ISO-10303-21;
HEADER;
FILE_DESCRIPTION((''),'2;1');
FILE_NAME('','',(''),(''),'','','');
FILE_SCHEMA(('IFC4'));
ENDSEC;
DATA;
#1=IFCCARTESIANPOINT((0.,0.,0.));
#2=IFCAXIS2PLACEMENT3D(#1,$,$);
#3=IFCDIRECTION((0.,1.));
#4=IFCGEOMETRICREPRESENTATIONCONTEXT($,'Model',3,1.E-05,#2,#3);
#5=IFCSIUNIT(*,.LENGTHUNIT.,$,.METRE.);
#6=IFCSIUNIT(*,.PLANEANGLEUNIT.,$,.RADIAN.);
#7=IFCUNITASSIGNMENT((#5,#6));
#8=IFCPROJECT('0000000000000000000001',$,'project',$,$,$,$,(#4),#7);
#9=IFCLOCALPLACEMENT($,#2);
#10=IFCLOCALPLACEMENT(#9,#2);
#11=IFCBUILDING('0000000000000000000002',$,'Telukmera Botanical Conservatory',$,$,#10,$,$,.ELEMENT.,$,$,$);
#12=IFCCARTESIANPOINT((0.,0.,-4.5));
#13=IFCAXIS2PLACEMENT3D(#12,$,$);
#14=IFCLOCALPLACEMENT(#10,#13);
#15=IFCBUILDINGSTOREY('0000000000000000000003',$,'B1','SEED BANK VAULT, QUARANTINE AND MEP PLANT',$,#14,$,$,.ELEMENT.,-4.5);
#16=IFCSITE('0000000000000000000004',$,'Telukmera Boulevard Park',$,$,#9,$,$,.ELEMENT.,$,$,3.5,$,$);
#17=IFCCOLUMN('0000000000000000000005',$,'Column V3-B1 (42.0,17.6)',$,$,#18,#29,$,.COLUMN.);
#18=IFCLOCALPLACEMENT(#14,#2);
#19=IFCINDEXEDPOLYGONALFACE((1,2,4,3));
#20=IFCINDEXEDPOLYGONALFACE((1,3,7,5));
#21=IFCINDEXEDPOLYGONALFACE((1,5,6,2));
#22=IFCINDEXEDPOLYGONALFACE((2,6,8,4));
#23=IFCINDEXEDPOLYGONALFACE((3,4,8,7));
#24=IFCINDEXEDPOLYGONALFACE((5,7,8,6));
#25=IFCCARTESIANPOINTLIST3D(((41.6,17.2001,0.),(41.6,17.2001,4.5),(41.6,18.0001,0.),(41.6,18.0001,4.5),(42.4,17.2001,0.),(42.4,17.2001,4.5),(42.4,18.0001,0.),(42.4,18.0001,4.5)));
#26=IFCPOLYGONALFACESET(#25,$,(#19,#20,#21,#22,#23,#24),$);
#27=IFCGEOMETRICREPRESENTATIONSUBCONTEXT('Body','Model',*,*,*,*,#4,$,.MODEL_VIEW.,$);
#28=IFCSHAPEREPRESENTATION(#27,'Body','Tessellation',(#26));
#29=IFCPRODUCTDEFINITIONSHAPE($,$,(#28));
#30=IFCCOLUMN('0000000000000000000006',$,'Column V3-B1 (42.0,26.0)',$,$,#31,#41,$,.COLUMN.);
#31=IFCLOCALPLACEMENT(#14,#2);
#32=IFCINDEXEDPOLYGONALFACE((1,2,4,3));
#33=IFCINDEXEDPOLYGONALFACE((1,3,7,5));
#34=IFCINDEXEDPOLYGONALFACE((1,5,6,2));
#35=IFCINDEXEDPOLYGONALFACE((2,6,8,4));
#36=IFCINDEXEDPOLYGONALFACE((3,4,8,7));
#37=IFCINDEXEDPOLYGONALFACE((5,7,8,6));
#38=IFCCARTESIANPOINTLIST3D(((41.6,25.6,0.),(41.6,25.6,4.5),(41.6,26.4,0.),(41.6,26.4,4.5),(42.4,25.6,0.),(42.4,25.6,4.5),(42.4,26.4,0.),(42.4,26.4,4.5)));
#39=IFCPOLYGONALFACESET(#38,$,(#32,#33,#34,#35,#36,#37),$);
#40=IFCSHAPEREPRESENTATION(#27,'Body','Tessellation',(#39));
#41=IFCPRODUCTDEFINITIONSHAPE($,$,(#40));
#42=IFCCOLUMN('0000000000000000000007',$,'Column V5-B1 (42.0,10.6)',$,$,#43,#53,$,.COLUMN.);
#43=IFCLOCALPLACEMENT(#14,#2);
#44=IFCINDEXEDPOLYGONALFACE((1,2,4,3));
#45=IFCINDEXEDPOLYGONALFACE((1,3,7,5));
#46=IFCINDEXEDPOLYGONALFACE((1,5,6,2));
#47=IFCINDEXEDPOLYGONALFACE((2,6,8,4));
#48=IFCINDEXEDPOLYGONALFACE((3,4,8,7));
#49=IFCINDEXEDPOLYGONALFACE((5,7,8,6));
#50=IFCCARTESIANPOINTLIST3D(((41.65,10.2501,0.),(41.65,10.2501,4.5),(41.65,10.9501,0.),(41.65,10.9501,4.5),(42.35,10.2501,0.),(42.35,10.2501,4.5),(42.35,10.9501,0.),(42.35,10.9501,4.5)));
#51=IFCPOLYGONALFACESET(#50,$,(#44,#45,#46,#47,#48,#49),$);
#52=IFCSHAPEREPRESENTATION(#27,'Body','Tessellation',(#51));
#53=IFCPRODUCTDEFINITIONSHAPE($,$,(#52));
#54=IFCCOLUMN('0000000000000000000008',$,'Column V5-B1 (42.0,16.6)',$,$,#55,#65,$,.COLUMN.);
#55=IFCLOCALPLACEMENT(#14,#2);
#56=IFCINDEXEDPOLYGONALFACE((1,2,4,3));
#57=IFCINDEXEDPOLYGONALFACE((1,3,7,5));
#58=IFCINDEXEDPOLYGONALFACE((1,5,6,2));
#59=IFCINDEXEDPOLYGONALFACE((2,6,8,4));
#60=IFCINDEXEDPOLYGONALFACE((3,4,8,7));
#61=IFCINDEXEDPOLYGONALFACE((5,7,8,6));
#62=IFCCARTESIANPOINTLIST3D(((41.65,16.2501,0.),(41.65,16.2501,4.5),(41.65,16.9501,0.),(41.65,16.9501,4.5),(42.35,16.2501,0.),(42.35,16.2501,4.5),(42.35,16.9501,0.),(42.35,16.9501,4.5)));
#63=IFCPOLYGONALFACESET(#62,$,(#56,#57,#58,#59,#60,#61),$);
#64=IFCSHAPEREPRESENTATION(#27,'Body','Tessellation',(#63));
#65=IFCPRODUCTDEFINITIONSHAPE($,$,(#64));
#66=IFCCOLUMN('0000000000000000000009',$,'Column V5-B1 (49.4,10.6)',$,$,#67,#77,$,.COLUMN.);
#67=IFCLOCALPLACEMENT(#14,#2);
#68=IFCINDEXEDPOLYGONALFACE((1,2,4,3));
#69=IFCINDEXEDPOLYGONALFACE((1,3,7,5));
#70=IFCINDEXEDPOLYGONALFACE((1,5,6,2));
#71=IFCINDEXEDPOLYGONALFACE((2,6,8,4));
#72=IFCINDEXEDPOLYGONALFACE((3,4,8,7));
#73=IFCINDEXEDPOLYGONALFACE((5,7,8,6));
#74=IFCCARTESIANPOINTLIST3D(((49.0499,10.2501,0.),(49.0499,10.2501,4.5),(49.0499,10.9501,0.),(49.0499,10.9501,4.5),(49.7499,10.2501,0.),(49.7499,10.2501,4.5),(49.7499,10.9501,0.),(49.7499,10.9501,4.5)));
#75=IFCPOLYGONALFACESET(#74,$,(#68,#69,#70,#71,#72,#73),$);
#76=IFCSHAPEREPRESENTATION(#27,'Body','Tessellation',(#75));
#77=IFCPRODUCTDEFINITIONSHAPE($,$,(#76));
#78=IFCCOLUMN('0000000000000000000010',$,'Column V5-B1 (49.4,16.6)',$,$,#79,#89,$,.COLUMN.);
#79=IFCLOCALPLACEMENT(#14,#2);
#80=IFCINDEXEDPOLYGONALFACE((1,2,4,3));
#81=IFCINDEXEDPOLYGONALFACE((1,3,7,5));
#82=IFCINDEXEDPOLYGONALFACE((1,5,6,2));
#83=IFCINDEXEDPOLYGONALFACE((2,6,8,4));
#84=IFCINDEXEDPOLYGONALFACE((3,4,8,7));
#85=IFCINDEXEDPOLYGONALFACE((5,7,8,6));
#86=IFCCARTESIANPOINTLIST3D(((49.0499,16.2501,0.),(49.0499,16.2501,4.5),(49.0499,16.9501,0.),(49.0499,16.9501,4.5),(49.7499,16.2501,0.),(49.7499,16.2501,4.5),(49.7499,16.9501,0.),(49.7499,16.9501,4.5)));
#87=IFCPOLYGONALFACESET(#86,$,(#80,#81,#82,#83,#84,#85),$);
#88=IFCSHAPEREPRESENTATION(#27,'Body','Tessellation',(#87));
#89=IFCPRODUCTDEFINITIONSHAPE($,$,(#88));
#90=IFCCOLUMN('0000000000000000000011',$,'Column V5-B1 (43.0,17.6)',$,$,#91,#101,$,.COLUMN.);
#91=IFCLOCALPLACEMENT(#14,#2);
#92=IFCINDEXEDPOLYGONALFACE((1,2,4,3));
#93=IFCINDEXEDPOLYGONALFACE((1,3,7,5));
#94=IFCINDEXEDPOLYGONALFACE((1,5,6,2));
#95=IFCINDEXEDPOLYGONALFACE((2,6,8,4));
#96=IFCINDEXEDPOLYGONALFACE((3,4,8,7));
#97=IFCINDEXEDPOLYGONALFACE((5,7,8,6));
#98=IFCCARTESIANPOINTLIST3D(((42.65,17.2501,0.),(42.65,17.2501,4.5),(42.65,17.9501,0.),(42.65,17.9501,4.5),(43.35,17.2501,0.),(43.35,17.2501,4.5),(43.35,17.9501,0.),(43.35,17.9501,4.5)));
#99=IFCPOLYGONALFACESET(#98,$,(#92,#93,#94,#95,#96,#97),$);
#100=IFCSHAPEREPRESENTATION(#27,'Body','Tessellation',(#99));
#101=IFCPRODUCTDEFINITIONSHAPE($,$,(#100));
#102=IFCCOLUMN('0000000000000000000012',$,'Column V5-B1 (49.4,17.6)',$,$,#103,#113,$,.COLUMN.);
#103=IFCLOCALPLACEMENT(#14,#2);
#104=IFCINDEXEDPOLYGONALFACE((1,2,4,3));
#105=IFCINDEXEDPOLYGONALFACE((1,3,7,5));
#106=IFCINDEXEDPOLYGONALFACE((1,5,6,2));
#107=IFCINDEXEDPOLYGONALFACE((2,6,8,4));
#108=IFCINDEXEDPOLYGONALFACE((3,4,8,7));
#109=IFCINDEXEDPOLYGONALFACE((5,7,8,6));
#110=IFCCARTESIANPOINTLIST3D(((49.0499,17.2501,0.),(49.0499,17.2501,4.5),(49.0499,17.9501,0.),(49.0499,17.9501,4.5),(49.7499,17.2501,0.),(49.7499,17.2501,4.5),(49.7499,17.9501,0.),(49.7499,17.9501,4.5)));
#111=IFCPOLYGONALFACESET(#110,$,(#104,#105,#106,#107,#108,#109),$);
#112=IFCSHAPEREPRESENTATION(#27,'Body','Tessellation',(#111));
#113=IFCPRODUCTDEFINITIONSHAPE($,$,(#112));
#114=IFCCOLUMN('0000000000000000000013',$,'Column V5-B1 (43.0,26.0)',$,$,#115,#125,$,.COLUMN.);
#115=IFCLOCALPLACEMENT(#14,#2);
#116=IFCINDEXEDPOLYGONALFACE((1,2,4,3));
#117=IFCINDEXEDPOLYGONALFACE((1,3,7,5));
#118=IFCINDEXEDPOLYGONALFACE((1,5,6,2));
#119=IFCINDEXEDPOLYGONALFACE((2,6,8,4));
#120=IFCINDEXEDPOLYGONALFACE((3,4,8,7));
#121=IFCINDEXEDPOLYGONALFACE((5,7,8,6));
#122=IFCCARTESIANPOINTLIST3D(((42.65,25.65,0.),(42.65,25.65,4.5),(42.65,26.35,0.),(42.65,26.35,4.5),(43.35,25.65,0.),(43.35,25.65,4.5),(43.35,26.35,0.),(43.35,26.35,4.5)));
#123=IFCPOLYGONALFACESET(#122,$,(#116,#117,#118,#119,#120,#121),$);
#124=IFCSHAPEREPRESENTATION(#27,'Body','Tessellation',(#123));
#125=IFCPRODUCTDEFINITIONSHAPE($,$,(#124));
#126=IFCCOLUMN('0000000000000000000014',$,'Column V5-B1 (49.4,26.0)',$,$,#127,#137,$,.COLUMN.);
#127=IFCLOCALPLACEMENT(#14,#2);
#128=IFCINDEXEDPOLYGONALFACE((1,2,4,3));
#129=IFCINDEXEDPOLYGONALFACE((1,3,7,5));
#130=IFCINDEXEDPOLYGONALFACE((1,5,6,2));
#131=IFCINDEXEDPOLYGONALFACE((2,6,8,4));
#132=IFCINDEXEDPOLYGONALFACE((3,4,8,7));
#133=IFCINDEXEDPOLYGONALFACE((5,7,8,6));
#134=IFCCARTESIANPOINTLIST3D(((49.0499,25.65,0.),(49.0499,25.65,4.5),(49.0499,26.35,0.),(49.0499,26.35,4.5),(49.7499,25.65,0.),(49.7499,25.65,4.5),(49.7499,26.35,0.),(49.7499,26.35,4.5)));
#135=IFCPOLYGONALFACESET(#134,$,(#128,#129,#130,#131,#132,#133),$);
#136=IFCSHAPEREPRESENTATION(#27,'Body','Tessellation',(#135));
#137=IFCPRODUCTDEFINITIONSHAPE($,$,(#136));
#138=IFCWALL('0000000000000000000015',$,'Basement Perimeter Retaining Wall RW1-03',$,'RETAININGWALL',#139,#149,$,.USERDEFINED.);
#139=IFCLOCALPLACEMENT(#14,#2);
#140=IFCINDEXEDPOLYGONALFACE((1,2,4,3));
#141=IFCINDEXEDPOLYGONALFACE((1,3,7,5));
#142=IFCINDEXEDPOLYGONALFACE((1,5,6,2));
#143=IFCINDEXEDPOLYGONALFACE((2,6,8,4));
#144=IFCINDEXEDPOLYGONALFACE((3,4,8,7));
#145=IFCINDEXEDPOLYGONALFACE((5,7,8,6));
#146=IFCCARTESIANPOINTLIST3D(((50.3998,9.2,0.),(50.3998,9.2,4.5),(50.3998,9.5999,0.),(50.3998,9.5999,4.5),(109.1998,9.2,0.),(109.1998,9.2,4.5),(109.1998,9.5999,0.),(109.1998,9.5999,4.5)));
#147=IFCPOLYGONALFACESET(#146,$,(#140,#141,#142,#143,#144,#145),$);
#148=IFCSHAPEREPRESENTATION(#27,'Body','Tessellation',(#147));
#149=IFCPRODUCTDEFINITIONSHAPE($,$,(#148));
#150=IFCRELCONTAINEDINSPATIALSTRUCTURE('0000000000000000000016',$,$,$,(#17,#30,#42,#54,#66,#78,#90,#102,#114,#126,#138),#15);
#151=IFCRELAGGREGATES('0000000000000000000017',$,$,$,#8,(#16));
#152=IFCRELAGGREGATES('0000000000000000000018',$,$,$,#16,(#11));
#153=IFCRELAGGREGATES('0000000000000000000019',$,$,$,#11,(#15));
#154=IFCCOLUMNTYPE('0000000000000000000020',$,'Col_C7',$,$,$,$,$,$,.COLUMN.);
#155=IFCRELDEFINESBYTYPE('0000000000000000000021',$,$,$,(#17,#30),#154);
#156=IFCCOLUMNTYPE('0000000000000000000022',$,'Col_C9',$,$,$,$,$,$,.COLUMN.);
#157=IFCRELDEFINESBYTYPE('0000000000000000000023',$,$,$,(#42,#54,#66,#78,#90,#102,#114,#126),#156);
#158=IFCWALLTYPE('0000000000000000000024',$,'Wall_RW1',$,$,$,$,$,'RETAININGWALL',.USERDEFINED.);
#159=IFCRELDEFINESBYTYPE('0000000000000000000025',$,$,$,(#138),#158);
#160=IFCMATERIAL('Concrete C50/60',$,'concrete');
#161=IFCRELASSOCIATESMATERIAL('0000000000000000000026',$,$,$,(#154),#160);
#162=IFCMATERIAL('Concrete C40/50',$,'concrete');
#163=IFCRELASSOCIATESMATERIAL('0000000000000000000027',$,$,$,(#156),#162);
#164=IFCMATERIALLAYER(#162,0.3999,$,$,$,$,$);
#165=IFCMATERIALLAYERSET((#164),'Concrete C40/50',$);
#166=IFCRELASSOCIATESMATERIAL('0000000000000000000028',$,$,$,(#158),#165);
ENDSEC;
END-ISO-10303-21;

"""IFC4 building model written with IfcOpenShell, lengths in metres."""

from ifc_helpers import new_model, si_unit, direction, frame, frame_2d, origin, origin_2d, place, context, subcontext, project, spatial, rectangle, extrude, material, layer, layer_set, material_profile, profile_set, type_object, element, save


model = new_model("IFC4")

# Units and contexts
model_context = context("Model", 3, precision=1e-05, world=origin(), true_north=direction((0.0, 1.0)))
body_context = subcontext(model_context, "Body", "Model", "MODEL_VIEW")
ifc_project = project(units=[si_unit("LENGTHUNIT", "METRE"), si_unit("PLANEANGLEUNIT", "RADIAN")], contexts=[model_context])

# Site, building, storey
site_placement = place(None, origin())
site = spatial("IfcSite", under=ifc_project, at=site_placement, Name="Telukmera Boulevard Park", CompositionType="ELEMENT", RefElevation=3.5)
building_placement = place(site_placement, origin())
building = spatial("IfcBuilding", under=site, at=building_placement, Name="Telukmera Botanical Conservatory", CompositionType="ELEMENT")
storey_placement = place(building_placement, frame((0.0, 0.0, -4.5)))
storey = spatial("IfcBuildingStorey", under=building, at=storey_placement, Name="B1", Description="SEED BANK VAULT, QUARANTINE AND MEP PLANT", CompositionType="ELEMENT", Elevation=-4.5)

# Shared definitions
ifc_material_1 = material(Name="Concrete C50/60", Category="concrete")
ifc_material_2 = material(Name="Concrete C40/50", Category="concrete")

# Columns
ifc_material_profile_1 = material_profile(ifc_material_1, rectangle(XDim=0.8, YDim=0.8, at=origin_2d()), Name="RC 800x800")
ifc_profile_set_1 = profile_set([ifc_material_profile_1], Name="Concrete C50/60")
column_type_1 = type_object("IfcColumnType", Name="Col_C7", PredefinedType="COLUMN", material=ifc_profile_set_1)
for number, where, z_axis, x_axis, name in (
    (1, (42.0, 17.6001, 0.0), (0.0, 0.0, 1.0), (1.0, 0.0, 0.0), "Column V3-B1 (42.0,17.6)"),
    (2, (42.0, 26.0, 0.0), (0.0, 0.0, 1.0), (1.0, 0.0, 0.0), "Column V3-B1 (42.0,26.0)"),
):
    element("IfcColumn", number, at=place(storey_placement, frame(where, z_axis=z_axis, x_axis=x_axis)), inside=storey, type_object=column_type_1, Name=name, PredefinedType="COLUMN", context=body_context, shape_type="SweptSolid", body=[
        extrude(rectangle(XDim=0.8, YDim=0.8, at=origin_2d()), origin(), (0.0, 0.0, 1.0), 4.5),
    ])
ifc_material_profile_2 = material_profile(ifc_material_2, rectangle(XDim=0.7, YDim=0.7, at=origin_2d()), Name="RC 700x700")
ifc_profile_set_2 = profile_set([ifc_material_profile_2], Name="Concrete C40/50")
column_type_2 = type_object("IfcColumnType", Name="Col_C9", PredefinedType="COLUMN", material=ifc_profile_set_2)
for number, where, z_axis, x_axis, name in (
    (3, (42.0, 10.6001, 0.0), (0.0, 0.0, 1.0), (1.0, 0.0, 0.0), "Column V5-B1 (42.0,10.6)"),
    (4, (42.0, 16.6001, 0.0), (0.0, 0.0, 1.0), (1.0, 0.0, 0.0), "Column V5-B1 (42.0,16.6)"),
    (5, (49.3999, 10.6001, 0.0), (0.0, 0.0, 1.0), (1.0, 0.0, 0.0), "Column V5-B1 (49.4,10.6)"),
    (6, (49.3999, 16.6001, 0.0), (0.0, 0.0, 1.0), (1.0, 0.0, 0.0), "Column V5-B1 (49.4,16.6)"),
    (7, (43.0, 17.6001, 0.0), (0.0, 0.0, 1.0), (1.0, 0.0, 0.0), "Column V5-B1 (43.0,17.6)"),
    (8, (49.3999, 17.6001, 0.0), (0.0, 0.0, 1.0), (1.0, 0.0, 0.0), "Column V5-B1 (49.4,17.6)"),
    (9, (43.0, 26.0, 0.0), (0.0, 0.0, 1.0), (1.0, 0.0, 0.0), "Column V5-B1 (43.0,26.0)"),
    (10, (49.3999, 26.0, 0.0), (0.0, 0.0, 1.0), (1.0, 0.0, 0.0), "Column V5-B1 (49.4,26.0)"),
):
    element("IfcColumn", number, at=place(storey_placement, frame(where, z_axis=z_axis, x_axis=x_axis)), inside=storey, type_object=column_type_2, Name=name, PredefinedType="COLUMN", context=body_context, shape_type="SweptSolid", body=[
        extrude(rectangle(XDim=0.7, YDim=0.7, at=origin_2d()), origin(), (0.0, 0.0, 1.0), 4.5),
    ])

# Wall
ifc_layer = layer(ifc_material_2, 0.3999)
ifc_layer_set = layer_set([ifc_layer], Name="Concrete C40/50")
wall_type = type_object("IfcWallType", Name="Wall_RW1", ElementType="RETAININGWALL", PredefinedType="USERDEFINED", material=ifc_layer_set)
wall_placement = place(storey_placement, frame((50.3999, 9.3999, 0.0), z_axis=(0.0, 0.0, 1.0), x_axis=(1.0, 0.0, 0.0)))
element("IfcWall", 11, at=wall_placement, inside=storey, type_object=wall_type, Name="Basement Perimeter Retaining Wall RW1-03", ObjectType="RETAININGWALL", PredefinedType="USERDEFINED", context=body_context, shape_type="SweptSolid", body=[
    extrude(rectangle(XDim=58.8, YDim=0.3999, at=frame_2d((29.3999, 0.0))), origin(), (0.0, 0.0, 1.0), 4.5),
])

save(model, "model.ifc")
